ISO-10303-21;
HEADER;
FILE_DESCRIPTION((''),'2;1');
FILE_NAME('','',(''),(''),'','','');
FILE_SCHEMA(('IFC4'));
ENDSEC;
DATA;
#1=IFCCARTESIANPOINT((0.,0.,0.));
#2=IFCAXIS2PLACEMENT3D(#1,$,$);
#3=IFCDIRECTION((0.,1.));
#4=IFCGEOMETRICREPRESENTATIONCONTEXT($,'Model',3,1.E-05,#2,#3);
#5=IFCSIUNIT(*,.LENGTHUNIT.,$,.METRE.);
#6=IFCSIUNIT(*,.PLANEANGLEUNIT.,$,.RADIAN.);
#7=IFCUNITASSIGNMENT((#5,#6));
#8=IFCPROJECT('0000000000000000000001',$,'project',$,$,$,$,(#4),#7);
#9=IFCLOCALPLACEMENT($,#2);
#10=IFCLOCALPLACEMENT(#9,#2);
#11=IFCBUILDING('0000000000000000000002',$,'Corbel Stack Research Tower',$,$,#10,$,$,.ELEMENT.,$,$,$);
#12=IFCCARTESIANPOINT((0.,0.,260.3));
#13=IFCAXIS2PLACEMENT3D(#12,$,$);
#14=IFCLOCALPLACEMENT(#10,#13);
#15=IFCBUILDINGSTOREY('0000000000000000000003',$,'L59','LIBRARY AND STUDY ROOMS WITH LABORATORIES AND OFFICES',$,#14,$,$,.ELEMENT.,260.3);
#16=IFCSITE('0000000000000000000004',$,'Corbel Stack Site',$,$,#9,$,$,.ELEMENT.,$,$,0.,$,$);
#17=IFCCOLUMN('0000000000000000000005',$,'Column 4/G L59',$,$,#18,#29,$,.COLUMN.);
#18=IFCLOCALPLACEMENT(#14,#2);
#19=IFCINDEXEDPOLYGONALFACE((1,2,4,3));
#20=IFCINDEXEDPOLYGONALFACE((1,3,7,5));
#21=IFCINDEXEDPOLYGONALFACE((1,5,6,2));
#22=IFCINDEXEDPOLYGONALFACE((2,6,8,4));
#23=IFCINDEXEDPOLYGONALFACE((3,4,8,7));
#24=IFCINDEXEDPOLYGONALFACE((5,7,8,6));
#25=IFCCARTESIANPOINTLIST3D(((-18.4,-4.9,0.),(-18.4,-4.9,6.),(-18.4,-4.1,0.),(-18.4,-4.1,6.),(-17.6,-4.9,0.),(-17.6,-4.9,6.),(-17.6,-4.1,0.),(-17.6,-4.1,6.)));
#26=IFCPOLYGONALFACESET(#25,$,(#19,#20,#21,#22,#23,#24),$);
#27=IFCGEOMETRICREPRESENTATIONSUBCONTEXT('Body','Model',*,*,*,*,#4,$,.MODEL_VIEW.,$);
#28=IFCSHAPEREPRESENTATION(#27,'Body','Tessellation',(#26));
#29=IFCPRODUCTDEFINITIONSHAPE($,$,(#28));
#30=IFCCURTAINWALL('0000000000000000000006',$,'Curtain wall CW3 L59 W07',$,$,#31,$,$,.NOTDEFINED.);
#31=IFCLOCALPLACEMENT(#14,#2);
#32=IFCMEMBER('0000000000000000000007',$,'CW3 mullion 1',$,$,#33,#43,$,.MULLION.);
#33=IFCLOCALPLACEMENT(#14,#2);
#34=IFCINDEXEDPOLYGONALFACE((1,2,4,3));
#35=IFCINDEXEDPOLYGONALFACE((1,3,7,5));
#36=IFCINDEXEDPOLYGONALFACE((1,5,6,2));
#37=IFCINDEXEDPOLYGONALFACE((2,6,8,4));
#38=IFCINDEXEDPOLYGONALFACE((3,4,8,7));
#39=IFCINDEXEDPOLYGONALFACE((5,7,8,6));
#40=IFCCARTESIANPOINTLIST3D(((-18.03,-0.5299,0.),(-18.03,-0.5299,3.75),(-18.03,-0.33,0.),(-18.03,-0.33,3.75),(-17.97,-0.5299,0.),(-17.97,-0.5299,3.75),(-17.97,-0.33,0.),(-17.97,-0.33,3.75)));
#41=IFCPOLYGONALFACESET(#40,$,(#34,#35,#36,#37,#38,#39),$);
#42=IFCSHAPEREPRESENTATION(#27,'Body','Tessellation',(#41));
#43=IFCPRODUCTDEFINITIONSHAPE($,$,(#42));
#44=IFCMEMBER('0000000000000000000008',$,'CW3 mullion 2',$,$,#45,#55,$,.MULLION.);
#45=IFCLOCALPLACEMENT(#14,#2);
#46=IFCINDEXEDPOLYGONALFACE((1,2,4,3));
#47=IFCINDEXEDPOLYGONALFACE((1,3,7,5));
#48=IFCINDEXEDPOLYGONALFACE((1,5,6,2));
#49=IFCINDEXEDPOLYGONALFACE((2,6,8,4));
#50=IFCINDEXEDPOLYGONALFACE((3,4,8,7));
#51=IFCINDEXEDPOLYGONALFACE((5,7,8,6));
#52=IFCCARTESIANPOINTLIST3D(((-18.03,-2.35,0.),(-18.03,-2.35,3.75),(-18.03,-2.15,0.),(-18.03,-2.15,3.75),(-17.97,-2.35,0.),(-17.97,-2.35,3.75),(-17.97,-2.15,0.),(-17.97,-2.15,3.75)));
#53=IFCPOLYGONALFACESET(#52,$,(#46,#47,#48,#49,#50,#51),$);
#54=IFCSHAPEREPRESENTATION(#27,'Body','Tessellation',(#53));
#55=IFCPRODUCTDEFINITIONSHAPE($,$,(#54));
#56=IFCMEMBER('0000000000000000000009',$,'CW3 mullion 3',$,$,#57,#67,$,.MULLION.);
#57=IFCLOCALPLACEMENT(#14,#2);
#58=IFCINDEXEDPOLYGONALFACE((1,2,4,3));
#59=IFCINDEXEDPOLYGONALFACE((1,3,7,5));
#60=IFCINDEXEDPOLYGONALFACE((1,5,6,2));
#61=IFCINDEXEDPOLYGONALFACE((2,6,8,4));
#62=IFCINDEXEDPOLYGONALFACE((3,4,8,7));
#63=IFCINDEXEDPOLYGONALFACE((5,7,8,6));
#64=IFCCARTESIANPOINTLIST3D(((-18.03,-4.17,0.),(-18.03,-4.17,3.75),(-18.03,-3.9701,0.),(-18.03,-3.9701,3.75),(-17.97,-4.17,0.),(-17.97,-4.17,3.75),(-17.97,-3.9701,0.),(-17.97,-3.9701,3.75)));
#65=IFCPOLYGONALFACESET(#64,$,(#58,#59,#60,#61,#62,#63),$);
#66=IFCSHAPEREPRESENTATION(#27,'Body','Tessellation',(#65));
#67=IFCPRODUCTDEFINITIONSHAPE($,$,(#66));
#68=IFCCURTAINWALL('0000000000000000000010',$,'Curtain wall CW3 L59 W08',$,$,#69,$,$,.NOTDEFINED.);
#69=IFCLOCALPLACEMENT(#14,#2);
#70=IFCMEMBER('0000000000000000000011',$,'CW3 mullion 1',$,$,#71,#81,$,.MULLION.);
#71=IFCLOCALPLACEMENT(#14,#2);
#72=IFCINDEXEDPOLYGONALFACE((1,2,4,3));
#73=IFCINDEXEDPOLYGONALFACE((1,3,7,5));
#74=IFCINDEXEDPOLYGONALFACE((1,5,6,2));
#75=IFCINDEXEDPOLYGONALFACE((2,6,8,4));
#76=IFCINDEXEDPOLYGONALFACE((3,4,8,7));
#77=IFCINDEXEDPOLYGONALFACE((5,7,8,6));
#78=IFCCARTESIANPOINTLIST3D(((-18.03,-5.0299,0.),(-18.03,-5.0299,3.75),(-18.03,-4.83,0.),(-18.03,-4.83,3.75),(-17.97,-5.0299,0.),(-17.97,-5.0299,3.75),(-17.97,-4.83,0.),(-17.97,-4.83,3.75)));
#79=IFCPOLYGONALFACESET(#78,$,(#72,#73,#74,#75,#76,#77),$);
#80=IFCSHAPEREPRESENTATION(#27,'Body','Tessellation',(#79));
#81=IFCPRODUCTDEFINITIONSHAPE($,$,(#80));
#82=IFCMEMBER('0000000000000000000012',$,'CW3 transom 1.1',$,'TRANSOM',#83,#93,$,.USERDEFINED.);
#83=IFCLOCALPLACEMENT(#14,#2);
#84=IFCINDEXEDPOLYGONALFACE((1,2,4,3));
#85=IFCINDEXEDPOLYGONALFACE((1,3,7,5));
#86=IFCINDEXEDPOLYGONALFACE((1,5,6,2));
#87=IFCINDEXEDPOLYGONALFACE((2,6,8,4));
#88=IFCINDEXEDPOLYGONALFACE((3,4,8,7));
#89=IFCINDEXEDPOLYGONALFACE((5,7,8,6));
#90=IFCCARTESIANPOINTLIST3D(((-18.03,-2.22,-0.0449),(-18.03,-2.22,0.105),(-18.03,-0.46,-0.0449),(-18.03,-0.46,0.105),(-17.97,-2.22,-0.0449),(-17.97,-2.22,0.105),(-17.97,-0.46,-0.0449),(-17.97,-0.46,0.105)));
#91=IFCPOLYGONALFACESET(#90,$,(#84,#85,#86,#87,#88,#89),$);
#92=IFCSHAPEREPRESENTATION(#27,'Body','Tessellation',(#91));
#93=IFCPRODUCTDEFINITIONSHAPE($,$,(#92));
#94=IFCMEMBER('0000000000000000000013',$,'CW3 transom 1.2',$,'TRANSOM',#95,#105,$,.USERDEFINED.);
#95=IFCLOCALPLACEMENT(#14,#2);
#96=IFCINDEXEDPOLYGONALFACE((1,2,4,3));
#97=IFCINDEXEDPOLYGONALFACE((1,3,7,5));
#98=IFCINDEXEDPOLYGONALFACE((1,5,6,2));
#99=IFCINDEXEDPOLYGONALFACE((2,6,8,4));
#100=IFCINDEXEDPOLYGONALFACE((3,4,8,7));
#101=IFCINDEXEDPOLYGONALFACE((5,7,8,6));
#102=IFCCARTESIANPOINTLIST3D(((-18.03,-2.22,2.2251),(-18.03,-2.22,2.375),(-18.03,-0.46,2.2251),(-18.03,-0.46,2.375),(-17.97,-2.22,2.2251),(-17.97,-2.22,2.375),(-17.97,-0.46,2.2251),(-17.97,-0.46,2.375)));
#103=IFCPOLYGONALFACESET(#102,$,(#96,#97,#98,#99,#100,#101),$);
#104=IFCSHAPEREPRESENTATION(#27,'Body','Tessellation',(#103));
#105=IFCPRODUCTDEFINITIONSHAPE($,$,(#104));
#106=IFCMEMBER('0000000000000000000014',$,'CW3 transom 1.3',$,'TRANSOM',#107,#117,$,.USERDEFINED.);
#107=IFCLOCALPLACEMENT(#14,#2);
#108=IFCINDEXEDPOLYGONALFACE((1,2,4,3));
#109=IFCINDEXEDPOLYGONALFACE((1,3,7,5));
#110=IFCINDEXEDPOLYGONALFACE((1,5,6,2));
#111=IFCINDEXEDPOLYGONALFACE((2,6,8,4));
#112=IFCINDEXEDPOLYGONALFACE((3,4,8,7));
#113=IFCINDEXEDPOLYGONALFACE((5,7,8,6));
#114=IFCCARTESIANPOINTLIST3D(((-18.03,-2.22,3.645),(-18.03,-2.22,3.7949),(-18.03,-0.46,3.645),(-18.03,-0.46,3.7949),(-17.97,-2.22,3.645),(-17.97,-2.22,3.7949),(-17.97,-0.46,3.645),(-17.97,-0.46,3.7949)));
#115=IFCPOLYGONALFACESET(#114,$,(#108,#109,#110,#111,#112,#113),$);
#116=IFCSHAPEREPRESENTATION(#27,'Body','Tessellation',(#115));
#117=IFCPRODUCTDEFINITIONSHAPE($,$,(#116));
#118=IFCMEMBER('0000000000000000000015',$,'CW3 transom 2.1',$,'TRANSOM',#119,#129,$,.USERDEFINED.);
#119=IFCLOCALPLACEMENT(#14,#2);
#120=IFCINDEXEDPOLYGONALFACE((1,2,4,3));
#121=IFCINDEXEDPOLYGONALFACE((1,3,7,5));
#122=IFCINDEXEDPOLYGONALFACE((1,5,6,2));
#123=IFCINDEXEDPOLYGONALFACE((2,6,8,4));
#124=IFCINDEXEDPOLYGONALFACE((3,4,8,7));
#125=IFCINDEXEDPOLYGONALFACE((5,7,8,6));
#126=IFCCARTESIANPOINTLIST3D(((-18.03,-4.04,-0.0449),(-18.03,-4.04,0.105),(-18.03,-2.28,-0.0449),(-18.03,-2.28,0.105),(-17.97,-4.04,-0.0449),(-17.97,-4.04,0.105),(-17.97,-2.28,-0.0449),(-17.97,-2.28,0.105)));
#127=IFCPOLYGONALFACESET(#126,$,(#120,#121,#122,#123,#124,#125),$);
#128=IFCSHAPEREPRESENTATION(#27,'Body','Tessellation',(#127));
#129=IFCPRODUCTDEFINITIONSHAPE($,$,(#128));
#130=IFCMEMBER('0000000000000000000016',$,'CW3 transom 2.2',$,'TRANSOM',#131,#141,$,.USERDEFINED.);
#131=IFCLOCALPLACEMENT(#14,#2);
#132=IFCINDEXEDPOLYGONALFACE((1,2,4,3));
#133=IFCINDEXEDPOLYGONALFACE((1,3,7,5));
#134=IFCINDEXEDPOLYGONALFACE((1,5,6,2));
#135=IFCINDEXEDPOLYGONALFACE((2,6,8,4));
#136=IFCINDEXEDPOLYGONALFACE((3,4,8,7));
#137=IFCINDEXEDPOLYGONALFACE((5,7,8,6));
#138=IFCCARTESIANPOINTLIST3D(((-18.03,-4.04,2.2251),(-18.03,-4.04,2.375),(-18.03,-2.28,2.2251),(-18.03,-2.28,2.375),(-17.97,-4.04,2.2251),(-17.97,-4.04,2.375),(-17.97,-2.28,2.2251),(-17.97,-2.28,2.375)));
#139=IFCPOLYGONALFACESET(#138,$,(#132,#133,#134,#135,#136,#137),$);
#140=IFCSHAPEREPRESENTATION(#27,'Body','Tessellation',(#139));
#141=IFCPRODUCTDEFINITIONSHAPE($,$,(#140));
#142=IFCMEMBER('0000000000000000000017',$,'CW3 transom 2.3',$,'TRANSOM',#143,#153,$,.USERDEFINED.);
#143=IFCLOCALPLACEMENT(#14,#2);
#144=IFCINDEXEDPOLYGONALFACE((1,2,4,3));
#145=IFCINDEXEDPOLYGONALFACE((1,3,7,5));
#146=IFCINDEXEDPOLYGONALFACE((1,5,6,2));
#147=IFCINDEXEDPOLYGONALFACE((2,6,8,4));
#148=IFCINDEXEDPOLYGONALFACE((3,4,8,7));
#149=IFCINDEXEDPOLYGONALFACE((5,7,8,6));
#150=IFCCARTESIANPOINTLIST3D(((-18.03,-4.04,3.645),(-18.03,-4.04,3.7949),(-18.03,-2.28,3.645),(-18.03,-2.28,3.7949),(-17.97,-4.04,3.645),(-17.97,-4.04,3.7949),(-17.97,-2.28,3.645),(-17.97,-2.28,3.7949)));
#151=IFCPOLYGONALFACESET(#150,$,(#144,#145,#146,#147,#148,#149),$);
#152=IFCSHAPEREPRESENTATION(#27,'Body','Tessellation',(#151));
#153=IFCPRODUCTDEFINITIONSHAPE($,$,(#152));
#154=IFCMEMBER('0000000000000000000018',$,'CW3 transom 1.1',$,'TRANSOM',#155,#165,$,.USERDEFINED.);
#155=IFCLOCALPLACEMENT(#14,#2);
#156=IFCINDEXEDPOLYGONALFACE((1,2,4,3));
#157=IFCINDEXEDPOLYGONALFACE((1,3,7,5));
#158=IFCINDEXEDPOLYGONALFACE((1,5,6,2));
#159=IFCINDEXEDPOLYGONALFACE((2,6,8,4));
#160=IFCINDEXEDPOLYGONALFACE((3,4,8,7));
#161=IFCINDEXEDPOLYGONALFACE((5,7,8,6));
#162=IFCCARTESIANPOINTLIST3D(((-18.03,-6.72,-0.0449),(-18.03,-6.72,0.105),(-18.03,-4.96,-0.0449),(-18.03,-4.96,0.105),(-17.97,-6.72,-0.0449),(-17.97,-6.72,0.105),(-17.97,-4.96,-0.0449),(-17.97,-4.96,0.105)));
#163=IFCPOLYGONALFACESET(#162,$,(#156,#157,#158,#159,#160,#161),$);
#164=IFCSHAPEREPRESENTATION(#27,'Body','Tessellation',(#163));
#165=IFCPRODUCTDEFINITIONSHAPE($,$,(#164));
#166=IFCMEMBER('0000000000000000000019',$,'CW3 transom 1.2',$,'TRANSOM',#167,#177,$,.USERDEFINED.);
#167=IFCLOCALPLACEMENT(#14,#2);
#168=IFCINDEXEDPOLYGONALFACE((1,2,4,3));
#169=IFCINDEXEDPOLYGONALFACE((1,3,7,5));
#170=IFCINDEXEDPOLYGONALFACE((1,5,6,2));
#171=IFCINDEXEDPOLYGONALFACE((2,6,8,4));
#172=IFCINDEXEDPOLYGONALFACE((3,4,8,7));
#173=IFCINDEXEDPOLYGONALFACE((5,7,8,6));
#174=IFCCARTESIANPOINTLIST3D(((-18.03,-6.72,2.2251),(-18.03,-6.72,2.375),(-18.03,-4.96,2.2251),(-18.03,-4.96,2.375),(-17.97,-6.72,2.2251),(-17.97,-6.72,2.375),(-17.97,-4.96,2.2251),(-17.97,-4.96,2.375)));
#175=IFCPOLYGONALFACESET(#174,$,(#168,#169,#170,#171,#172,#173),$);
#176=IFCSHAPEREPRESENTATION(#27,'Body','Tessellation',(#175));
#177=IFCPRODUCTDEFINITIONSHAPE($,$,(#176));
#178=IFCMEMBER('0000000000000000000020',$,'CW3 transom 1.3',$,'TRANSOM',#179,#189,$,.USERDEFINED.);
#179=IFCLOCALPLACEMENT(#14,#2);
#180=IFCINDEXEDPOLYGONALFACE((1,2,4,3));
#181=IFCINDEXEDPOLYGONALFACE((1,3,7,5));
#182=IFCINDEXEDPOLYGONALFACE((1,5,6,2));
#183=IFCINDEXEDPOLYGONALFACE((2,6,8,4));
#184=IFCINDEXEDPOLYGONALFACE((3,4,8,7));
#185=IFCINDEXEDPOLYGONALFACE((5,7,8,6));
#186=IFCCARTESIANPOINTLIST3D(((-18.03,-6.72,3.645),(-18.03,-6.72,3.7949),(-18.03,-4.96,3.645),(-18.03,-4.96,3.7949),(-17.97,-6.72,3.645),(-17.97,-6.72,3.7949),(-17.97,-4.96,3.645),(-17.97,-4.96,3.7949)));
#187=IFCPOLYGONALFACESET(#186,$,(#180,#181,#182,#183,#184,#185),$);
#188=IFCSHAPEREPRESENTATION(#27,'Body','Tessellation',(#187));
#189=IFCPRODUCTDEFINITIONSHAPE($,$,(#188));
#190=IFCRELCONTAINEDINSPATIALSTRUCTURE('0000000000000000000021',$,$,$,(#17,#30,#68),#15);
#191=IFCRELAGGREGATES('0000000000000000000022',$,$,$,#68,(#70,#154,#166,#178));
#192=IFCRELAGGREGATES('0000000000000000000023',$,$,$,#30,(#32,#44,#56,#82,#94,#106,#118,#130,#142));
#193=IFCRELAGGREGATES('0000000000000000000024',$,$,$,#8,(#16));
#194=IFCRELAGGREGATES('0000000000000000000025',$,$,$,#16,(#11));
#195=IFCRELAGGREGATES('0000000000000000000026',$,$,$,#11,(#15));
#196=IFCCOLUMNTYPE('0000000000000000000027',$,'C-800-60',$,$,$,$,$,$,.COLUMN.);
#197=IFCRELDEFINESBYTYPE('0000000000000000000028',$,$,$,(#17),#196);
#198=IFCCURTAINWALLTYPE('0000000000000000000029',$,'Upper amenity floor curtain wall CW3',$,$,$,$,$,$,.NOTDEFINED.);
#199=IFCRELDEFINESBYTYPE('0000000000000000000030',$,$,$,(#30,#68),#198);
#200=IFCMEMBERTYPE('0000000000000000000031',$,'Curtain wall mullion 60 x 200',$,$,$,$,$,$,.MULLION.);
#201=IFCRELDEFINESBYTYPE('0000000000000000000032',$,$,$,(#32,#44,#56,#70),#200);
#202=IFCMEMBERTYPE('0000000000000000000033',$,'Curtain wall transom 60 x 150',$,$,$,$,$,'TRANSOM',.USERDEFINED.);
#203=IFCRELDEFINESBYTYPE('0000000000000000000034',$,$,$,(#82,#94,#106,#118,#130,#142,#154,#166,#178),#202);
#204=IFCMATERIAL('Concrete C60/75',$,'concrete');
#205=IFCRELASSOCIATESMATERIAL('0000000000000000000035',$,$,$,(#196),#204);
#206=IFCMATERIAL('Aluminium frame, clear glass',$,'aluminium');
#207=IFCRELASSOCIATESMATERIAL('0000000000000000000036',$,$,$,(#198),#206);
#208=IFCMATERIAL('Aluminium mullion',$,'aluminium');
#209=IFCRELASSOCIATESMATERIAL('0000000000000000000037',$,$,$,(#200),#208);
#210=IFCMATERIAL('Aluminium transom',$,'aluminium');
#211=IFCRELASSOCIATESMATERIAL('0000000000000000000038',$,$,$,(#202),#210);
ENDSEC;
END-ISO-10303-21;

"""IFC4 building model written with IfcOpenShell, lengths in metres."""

from ifc_helpers import new_model, si_unit, direction, frame, origin, origin_2d, place, context, subcontext, project, spatial, rectangle, extrude, material, material_profile, profile_set, type_object, element, aggregate, save


model = new_model("IFC4")

# Units and contexts
model_context = context("Model", 3, precision=1e-05, world=origin(), true_north=direction((0.0, 1.0)))
body_context = subcontext(model_context, "Body", "Model", "MODEL_VIEW")
ifc_project = project(units=[si_unit("LENGTHUNIT", "METRE"), si_unit("PLANEANGLEUNIT", "RADIAN")], contexts=[model_context])

# Site, building, storey
site_placement = place(None, origin())
site = spatial("IfcSite", under=ifc_project, at=site_placement, Name="Corbel Stack Site", CompositionType="ELEMENT", RefElevation=0.0)
building_placement = place(site_placement, origin())
building = spatial("IfcBuilding", under=site, at=building_placement, Name="Corbel Stack Research Tower", CompositionType="ELEMENT")
storey_placement = place(building_placement, frame((0.0, 0.0, 260.3)))
storey = spatial("IfcBuildingStorey", under=building, at=storey_placement, Name="L59", Description="LIBRARY AND STUDY ROOMS WITH LABORATORIES AND OFFICES", CompositionType="ELEMENT", Elevation=260.3)

# Column
ifc_material_1 = material(Name="Concrete C60/75", Category="concrete")
ifc_material_profile_1 = material_profile(ifc_material_1, rectangle(XDim=0.8, YDim=0.8, at=origin_2d()), Name="RC 800 x 800")
ifc_profile_set_1 = profile_set([ifc_material_profile_1], Name="Concrete C60/75")
column_type = type_object("IfcColumnType", Name="C-800-60", PredefinedType="COLUMN", material=ifc_profile_set_1)
column_placement = place(storey_placement, frame((-18.0, -4.5, 0.0), z_axis=(0.0, 0.0, 1.0), x_axis=(1.0, 0.0, 0.0)))
element("IfcColumn", 1, at=column_placement, inside=storey, type_object=column_type, Name="Column 4/G L59", PredefinedType="COLUMN", context=body_context, shape_type="SweptSolid", body=[
    extrude(rectangle(XDim=0.8, YDim=0.8, at=origin_2d()), origin(), (0.0, 0.0, 1.0), 6.0),
])

# Curtain wall, members
ifc_material_2 = material(Name="Aluminium frame, clear glass", Category="aluminium")
curtain_wall_type = type_object("IfcCurtainWallType", Name="Upper amenity floor curtain wall CW3", PredefinedType="NOTDEFINED", material=ifc_material_2)
curtain_wall_1_placement = place(storey_placement, origin())
curtain_wall_1 = element("IfcCurtainWall", 2, at=curtain_wall_1_placement, inside=storey, type_object=curtain_wall_type, Name="Curtain wall CW3 L59 W07", PredefinedType="NOTDEFINED")
ifc_material_3 = material(Name="Aluminium mullion", Category="aluminium")
ifc_material_profile_2 = material_profile(ifc_material_3, rectangle(XDim=0.0601, YDim=0.2, at=origin_2d()), Name="Mullion 60 x 200")
ifc_profile_set_2 = profile_set([ifc_material_profile_2], Name="Aluminium mullion")
member_type_1 = type_object("IfcMemberType", Name="Curtain wall mullion 60 x 200", PredefinedType="MULLION", material=ifc_profile_set_2)
member_1_placement = place(storey_placement, frame((-18.0, -0.4299, 0.0), z_axis=(0.0, 0.0, 1.0), x_axis=(1.0, 0.0, 0.0)))
member_1 = element("IfcMember", 3, at=member_1_placement, type_object=member_type_1, Name="CW3 mullion 1", PredefinedType="MULLION", context=body_context, shape_type="SweptSolid", body=[
    extrude(rectangle(XDim=0.0601, YDim=0.2, at=origin_2d()), origin(), (0.0, 0.0, 1.0), 3.75),
])
member_2_placement = place(storey_placement, frame((-18.0, -2.25, 0.0), z_axis=(0.0, 0.0, 1.0), x_axis=(1.0, 0.0, 0.0)))
member_2 = element("IfcMember", 4, at=member_2_placement, type_object=member_type_1, Name="CW3 mullion 2", PredefinedType="MULLION", context=body_context, shape_type="SweptSolid", body=[
    extrude(rectangle(XDim=0.0601, YDim=0.2, at=origin_2d()), origin(), (0.0, 0.0, 1.0), 3.75),
])
member_3_placement = place(storey_placement, frame((-18.0, -4.0701, 0.0), z_axis=(0.0, 0.0, 1.0), x_axis=(1.0, 0.0, 0.0)))
member_3 = element("IfcMember", 5, at=member_3_placement, type_object=member_type_1, Name="CW3 mullion 3", PredefinedType="MULLION", context=body_context, shape_type="SweptSolid", body=[
    extrude(rectangle(XDim=0.0601, YDim=0.2, at=origin_2d()), origin(), (0.0, 0.0, 1.0), 3.75),
])

# Curtain wall, member
curtain_wall_2_placement = place(storey_placement, origin())
curtain_wall_2 = element("IfcCurtainWall", 6, at=curtain_wall_2_placement, inside=storey, type_object=curtain_wall_type, Name="Curtain wall CW3 L59 W08", PredefinedType="NOTDEFINED")
member_4_placement = place(storey_placement, frame((-18.0, -4.9299, 0.0), z_axis=(0.0, 0.0, 1.0), x_axis=(1.0, 0.0, 0.0)))
member_4 = element("IfcMember", 7, at=member_4_placement, type_object=member_type_1, Name="CW3 mullion 1", PredefinedType="MULLION", context=body_context, shape_type="SweptSolid", body=[
    extrude(rectangle(XDim=0.0601, YDim=0.2, at=origin_2d()), origin(), (0.0, 0.0, 1.0), 3.75),
])

# Members
ifc_material_4 = material(Name="Aluminium transom", Category="aluminium")
ifc_material_profile_3 = material_profile(ifc_material_4, rectangle(XDim=0.0601, YDim=0.1499, at=origin_2d()), Name="Transom 60 x 150")
ifc_profile_set_3 = profile_set([ifc_material_profile_3], Name="Aluminium transom")
member_type_2 = type_object("IfcMemberType", Name="Curtain wall transom 60 x 150", ElementType="TRANSOM", PredefinedType="USERDEFINED", material=ifc_profile_set_3)
member_5_placement = place(storey_placement, frame((-18.0, -0.46, 0.03), z_axis=(0.0, -1.0, 0.0), x_axis=(1.0, 0.0, 0.0)))
member_5 = element("IfcMember", 8, at=member_5_placement, type_object=member_type_2, Name="CW3 transom 1.1", ObjectType="TRANSOM", PredefinedType="USERDEFINED", context=body_context, shape_type="SweptSolid", body=[
    extrude(rectangle(XDim=0.0601, YDim=0.1499, at=origin_2d()), origin(), (0.0, 0.0, 1.0), 1.76),
])
member_6_placement = place(storey_placement, frame((-18.0, -0.46, 2.3), z_axis=(0.0, -1.0, 0.0), x_axis=(1.0, 0.0, 0.0)))
member_6 = element("IfcMember", 9, at=member_6_placement, type_object=member_type_2, Name="CW3 transom 1.2", ObjectType="TRANSOM", PredefinedType="USERDEFINED", context=body_context, shape_type="SweptSolid", body=[
    extrude(rectangle(XDim=0.0601, YDim=0.1499, at=origin_2d()), origin(), (0.0, 0.0, 1.0), 1.76),
])
member_7_placement = place(storey_placement, frame((-18.0, -0.46, 3.72), z_axis=(0.0, -1.0, 0.0), x_axis=(1.0, 0.0, 0.0)))
member_7 = element("IfcMember", 10, at=member_7_placement, type_object=member_type_2, Name="CW3 transom 1.3", ObjectType="TRANSOM", PredefinedType="USERDEFINED", context=body_context, shape_type="SweptSolid", body=[
    extrude(rectangle(XDim=0.0601, YDim=0.1499, at=origin_2d()), origin(), (0.0, 0.0, 1.0), 1.76),
])
member_8_placement = place(storey_placement, frame((-18.0, -2.28, 0.03), z_axis=(0.0, -1.0, 0.0), x_axis=(1.0, 0.0, 0.0)))
member_8 = element("IfcMember", 11, at=member_8_placement, type_object=member_type_2, Name="CW3 transom 2.1", ObjectType="TRANSOM", PredefinedType="USERDEFINED", context=body_context, shape_type="SweptSolid", body=[
    extrude(rectangle(XDim=0.0601, YDim=0.1499, at=origin_2d()), origin(), (0.0, 0.0, 1.0), 1.76),
])
member_9_placement = place(storey_placement, frame((-18.0, -2.28, 2.3), z_axis=(0.0, -1.0, 0.0), x_axis=(1.0, 0.0, 0.0)))
member_9 = element("IfcMember", 12, at=member_9_placement, type_object=member_type_2, Name="CW3 transom 2.2", ObjectType="TRANSOM", PredefinedType="USERDEFINED", context=body_context, shape_type="SweptSolid", body=[
    extrude(rectangle(XDim=0.0601, YDim=0.1499, at=origin_2d()), origin(), (0.0, 0.0, 1.0), 1.76),
])
member_10_placement = place(storey_placement, frame((-18.0, -2.28, 3.72), z_axis=(0.0, -1.0, 0.0), x_axis=(1.0, 0.0, 0.0)))
member_10 = element("IfcMember", 13, at=member_10_placement, type_object=member_type_2, Name="CW3 transom 2.3", ObjectType="TRANSOM", PredefinedType="USERDEFINED", context=body_context, shape_type="SweptSolid", body=[
    extrude(rectangle(XDim=0.0601, YDim=0.1499, at=origin_2d()), origin(), (0.0, 0.0, 1.0), 1.76),
])
member_11_placement = place(storey_placement, frame((-18.0, -4.96, 0.03), z_axis=(0.0, -1.0, 0.0), x_axis=(1.0, 0.0, 0.0)))
member_11 = element("IfcMember", 14, at=member_11_placement, type_object=member_type_2, Name="CW3 transom 1.1", ObjectType="TRANSOM", PredefinedType="USERDEFINED", context=body_context, shape_type="SweptSolid", body=[
    extrude(rectangle(XDim=0.0601, YDim=0.1499, at=origin_2d()), origin(), (0.0, 0.0, 1.0), 1.76),
])
member_12_placement = place(storey_placement, frame((-18.0, -4.96, 2.3), z_axis=(0.0, -1.0, 0.0), x_axis=(1.0, 0.0, 0.0)))
member_12 = element("IfcMember", 15, at=member_12_placement, type_object=member_type_2, Name="CW3 transom 1.2", ObjectType="TRANSOM", PredefinedType="USERDEFINED", context=body_context, shape_type="SweptSolid", body=[
    extrude(rectangle(XDim=0.0601, YDim=0.1499, at=origin_2d()), origin(), (0.0, 0.0, 1.0), 1.76),
])
member_13_placement = place(storey_placement, frame((-18.0, -4.96, 3.72), z_axis=(0.0, -1.0, 0.0), x_axis=(1.0, 0.0, 0.0)))
member_13 = element("IfcMember", 16, at=member_13_placement, type_object=member_type_2, Name="CW3 transom 1.3", ObjectType="TRANSOM", PredefinedType="USERDEFINED", context=body_context, shape_type="SweptSolid", body=[
    extrude(rectangle(XDim=0.0601, YDim=0.1499, at=origin_2d()), origin(), (0.0, 0.0, 1.0), 1.76),
])
aggregate(curtain_wall_2, [member_4, member_11, member_12, member_13])

aggregate(curtain_wall_1, [member_1, member_2, member_3, member_5, member_6, member_7, member_8, member_9, member_10])

save(model, "model.ifc")
